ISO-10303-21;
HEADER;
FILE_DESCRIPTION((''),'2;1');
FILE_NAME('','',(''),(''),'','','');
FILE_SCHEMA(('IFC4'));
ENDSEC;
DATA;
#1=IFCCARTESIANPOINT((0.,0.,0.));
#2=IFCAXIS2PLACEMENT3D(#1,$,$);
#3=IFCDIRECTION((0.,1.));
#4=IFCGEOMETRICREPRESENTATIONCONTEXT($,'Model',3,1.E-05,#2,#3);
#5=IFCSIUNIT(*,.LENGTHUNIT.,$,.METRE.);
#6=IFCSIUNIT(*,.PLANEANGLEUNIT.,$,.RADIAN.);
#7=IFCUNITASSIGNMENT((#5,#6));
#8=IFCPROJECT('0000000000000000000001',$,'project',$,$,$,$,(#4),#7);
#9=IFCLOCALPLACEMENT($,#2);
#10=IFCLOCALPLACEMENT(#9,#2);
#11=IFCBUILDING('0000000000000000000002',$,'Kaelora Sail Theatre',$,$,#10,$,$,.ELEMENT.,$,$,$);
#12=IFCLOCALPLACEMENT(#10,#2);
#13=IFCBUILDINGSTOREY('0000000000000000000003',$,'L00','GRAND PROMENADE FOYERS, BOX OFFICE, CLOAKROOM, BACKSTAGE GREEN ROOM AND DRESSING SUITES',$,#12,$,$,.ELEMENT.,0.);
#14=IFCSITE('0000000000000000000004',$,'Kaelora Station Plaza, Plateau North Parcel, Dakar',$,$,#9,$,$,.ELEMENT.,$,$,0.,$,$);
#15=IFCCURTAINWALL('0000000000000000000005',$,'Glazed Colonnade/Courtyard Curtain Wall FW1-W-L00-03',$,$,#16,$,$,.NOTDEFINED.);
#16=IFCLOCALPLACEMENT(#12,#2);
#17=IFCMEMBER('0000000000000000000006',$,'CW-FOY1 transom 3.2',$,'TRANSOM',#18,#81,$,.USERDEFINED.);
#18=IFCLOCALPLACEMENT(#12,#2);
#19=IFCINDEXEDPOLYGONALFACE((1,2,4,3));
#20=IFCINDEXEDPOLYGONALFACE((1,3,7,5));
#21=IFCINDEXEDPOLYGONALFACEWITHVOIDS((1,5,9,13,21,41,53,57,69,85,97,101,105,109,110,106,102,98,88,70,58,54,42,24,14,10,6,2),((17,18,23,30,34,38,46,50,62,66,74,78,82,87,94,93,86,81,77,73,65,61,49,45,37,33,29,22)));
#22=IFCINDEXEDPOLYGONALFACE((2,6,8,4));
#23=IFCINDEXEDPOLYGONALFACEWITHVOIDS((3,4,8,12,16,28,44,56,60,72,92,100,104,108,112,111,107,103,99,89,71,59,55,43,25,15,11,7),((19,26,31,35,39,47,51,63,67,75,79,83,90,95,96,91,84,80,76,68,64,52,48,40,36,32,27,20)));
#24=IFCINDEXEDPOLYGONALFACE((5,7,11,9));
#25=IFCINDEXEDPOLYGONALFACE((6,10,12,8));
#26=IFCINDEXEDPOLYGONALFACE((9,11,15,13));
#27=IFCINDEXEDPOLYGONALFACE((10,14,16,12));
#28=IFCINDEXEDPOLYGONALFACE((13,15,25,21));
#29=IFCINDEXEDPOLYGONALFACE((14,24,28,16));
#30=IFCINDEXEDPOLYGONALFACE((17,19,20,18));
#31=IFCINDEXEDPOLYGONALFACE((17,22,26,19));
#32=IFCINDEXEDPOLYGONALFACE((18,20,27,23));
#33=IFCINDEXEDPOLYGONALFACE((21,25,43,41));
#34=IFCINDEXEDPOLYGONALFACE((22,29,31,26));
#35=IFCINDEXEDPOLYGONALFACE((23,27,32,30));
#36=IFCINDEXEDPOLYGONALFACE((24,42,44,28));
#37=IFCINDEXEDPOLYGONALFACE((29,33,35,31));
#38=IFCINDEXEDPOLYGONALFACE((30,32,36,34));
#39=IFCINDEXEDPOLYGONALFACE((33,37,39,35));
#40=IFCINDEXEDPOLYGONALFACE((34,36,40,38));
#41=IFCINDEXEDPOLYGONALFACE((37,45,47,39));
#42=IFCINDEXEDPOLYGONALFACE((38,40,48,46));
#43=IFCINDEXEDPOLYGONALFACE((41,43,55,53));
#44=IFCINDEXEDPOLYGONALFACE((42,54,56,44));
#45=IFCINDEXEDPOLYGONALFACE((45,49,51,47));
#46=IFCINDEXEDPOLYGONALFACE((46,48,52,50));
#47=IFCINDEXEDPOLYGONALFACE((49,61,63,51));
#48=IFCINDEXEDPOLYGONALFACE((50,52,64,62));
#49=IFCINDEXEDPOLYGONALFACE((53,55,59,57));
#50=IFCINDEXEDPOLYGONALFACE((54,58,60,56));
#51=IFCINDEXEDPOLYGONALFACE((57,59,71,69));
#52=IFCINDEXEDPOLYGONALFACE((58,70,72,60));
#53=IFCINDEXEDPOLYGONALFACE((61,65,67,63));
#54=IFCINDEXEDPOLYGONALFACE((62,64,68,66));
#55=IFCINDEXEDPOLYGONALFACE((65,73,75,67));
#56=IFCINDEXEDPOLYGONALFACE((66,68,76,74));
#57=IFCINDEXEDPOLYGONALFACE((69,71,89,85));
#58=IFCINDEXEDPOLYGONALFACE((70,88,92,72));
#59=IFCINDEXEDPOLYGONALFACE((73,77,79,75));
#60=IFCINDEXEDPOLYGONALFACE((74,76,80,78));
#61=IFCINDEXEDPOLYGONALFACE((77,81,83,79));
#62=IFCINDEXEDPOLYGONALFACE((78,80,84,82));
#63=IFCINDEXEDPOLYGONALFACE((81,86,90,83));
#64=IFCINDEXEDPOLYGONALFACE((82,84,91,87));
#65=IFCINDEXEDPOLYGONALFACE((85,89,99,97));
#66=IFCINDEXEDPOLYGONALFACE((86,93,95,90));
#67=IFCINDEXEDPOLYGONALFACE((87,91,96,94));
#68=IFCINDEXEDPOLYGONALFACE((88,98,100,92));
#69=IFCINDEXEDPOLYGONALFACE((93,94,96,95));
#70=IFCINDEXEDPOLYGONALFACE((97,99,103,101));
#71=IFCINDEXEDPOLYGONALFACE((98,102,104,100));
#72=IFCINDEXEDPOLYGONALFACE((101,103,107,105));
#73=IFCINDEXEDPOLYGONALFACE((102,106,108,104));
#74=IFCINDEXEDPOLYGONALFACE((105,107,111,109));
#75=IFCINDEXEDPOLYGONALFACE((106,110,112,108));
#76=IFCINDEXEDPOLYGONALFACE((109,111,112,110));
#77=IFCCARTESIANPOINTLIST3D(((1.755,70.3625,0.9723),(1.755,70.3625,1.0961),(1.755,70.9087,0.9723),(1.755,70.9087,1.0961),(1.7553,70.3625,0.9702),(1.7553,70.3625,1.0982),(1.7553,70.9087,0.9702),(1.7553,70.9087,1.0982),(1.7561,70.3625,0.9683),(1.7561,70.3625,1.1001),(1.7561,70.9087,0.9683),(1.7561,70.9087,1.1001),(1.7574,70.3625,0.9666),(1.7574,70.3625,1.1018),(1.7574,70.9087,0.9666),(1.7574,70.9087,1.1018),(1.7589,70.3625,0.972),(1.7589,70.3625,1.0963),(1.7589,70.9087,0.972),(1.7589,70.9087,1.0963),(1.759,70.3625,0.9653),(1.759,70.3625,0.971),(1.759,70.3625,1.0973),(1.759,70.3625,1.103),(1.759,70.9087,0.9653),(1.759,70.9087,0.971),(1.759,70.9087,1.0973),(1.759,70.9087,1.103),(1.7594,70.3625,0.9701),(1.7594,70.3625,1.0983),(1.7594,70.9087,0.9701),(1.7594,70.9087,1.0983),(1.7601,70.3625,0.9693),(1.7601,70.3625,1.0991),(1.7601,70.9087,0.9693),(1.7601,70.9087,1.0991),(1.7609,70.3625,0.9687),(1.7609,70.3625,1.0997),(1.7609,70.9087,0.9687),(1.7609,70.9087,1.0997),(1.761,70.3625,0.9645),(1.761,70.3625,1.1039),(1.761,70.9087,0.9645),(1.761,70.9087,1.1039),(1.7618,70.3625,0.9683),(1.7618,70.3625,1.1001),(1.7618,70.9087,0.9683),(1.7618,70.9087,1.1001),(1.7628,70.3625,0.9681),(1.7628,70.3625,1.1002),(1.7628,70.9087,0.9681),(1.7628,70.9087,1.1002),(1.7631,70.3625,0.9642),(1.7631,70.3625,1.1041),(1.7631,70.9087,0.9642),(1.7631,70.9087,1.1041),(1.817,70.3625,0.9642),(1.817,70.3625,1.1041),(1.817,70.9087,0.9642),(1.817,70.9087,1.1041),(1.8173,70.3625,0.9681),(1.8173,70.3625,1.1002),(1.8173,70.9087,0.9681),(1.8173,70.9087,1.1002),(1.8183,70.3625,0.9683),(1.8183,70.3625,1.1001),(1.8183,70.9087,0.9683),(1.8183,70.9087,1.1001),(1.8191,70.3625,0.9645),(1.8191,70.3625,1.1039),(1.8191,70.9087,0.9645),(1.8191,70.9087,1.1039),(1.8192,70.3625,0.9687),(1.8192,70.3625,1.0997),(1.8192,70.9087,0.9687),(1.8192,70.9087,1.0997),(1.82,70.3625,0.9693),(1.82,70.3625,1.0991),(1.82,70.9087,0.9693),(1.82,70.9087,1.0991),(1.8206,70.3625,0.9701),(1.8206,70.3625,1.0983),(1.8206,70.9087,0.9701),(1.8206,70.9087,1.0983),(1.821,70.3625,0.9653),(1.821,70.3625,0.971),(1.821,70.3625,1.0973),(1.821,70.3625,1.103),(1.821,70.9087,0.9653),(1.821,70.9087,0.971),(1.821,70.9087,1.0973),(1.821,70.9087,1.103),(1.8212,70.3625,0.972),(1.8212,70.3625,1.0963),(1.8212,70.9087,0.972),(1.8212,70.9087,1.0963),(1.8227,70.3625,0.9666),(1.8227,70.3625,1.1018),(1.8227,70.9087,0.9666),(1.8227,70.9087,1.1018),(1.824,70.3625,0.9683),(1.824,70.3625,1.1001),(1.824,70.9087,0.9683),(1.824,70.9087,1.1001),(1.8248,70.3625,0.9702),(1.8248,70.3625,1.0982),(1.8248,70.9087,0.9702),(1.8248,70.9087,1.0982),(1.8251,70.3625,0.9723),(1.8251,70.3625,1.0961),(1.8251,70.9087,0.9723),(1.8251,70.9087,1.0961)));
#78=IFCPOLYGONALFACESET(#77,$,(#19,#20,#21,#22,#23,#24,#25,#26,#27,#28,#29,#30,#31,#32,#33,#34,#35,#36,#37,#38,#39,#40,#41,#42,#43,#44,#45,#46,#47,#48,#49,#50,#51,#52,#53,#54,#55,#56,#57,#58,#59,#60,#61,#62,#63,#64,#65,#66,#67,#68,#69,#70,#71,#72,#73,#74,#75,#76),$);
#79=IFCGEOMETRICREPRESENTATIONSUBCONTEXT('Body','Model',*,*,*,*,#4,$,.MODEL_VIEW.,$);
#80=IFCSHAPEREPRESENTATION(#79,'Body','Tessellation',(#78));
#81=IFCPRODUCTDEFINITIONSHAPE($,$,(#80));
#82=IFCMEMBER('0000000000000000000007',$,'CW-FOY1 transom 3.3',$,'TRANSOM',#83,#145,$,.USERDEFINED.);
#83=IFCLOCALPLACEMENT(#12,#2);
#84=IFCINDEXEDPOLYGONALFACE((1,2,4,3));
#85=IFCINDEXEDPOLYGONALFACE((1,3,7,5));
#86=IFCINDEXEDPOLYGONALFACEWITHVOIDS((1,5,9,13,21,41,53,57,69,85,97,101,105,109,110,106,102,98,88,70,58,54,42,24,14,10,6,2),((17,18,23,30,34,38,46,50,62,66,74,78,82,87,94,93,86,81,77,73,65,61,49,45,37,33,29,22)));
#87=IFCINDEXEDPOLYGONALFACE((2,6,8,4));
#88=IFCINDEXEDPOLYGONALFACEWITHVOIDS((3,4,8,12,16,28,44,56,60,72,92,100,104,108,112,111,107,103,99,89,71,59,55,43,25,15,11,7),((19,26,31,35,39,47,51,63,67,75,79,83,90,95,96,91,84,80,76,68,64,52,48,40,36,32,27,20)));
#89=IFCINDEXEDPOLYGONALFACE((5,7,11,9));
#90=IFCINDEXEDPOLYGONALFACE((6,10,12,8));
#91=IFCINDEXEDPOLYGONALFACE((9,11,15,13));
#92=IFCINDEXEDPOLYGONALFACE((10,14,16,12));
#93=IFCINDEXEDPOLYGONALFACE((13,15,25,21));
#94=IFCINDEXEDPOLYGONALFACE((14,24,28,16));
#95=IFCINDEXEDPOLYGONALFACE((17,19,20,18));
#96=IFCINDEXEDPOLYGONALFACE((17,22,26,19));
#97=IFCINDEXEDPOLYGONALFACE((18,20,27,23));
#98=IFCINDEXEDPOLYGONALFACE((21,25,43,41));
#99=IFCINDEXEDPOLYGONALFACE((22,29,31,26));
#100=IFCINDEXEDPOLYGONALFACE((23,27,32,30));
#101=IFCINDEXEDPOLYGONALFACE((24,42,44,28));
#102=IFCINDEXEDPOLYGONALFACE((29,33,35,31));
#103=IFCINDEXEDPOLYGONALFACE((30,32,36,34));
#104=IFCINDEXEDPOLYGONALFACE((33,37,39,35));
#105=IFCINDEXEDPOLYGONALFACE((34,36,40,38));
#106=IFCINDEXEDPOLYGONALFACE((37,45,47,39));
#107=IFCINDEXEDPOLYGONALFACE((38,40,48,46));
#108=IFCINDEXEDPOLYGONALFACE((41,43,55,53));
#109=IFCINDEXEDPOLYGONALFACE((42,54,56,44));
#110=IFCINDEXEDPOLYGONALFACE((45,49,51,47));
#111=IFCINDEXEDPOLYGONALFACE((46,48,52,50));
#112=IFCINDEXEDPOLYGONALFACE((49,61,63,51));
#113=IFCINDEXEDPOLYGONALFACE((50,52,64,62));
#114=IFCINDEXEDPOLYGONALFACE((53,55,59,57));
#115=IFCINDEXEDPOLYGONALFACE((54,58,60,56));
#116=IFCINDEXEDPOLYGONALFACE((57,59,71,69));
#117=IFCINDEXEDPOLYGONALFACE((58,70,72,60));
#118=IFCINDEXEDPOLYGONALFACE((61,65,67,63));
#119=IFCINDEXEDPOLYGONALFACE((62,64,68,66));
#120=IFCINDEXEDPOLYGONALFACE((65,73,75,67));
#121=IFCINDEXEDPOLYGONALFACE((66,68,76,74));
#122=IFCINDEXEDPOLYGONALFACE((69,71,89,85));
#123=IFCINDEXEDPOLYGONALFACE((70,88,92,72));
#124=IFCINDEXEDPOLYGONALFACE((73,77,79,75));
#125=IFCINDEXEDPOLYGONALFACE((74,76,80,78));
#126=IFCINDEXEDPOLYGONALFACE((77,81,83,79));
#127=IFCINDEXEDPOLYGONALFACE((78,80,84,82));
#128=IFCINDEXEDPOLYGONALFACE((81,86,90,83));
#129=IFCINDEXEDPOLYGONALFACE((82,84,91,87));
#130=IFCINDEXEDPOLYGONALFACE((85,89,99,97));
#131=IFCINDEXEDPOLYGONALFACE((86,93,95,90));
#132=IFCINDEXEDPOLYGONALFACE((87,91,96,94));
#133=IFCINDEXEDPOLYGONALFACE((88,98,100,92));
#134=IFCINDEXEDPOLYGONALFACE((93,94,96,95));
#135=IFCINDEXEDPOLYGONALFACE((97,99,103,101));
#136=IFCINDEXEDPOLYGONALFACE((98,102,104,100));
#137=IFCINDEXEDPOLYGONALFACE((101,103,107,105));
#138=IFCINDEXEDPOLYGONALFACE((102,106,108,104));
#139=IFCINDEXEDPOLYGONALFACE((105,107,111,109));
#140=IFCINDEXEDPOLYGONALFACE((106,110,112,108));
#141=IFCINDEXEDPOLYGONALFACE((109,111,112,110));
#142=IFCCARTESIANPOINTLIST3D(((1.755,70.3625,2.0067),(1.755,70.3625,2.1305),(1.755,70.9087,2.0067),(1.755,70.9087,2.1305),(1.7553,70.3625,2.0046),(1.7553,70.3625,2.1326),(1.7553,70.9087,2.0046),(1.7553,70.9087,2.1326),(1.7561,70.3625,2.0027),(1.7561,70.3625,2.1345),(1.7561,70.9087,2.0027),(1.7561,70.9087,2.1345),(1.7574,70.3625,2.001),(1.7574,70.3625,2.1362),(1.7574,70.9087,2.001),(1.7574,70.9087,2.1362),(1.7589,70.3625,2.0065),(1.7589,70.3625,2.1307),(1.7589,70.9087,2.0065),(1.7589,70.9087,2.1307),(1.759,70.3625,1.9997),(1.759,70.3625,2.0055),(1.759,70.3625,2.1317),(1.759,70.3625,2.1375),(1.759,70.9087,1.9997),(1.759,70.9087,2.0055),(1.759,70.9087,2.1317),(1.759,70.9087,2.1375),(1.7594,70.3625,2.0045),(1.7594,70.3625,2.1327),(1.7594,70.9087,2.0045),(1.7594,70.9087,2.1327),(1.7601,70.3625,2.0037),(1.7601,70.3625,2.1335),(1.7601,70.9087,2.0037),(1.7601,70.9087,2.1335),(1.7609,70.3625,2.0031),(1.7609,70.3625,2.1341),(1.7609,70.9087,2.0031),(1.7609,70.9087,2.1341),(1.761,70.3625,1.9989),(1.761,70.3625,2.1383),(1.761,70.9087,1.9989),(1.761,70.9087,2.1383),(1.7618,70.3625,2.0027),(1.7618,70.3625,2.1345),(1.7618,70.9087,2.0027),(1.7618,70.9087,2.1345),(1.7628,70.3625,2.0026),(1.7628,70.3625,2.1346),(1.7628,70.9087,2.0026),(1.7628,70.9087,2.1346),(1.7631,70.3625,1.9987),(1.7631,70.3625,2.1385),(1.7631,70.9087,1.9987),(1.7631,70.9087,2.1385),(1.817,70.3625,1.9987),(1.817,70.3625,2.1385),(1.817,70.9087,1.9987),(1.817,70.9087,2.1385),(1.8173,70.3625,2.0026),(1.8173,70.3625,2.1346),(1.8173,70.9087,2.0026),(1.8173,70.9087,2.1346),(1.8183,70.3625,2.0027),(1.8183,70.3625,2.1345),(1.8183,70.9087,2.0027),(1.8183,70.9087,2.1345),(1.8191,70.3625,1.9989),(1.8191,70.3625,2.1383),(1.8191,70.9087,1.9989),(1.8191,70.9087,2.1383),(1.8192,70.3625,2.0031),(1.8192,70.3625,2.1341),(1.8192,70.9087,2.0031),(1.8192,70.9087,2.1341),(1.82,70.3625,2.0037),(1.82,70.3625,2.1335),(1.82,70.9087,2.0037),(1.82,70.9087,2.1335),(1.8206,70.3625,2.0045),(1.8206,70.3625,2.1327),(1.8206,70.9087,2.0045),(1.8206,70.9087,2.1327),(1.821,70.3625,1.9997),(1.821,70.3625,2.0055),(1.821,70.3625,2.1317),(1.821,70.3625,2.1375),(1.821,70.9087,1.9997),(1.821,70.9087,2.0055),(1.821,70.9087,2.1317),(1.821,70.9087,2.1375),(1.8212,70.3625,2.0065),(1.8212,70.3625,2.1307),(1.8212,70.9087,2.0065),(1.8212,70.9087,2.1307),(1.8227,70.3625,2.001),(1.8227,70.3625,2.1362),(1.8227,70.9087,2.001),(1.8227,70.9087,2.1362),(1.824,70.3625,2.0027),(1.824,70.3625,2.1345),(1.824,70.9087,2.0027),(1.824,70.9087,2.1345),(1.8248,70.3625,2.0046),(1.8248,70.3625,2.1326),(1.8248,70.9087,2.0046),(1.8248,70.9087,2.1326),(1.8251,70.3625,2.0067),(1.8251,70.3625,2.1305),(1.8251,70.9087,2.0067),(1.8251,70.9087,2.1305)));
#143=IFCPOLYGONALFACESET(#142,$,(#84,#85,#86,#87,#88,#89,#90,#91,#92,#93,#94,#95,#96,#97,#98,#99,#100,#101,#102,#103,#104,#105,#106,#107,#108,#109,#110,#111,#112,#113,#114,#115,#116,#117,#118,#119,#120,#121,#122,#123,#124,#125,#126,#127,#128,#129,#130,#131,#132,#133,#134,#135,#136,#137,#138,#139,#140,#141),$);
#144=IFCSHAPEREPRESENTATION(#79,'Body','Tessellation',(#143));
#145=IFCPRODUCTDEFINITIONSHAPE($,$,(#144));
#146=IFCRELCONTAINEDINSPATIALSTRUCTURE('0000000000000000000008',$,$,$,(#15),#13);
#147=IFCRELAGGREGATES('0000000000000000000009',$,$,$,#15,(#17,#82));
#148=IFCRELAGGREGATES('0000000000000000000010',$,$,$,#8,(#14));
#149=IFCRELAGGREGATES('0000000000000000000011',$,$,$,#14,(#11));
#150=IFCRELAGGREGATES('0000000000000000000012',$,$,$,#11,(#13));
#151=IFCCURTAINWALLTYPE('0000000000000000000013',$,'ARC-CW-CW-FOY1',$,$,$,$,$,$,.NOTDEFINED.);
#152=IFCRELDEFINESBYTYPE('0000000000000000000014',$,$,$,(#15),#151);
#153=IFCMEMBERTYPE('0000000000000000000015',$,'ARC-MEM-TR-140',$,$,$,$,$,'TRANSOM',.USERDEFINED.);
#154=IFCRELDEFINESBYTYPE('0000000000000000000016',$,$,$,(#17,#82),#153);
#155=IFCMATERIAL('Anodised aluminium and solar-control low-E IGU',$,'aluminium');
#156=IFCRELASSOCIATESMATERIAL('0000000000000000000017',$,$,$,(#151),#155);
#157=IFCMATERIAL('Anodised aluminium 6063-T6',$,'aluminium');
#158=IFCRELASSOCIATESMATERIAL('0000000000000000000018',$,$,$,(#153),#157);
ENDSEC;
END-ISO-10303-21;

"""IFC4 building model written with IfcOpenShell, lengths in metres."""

from ifc_helpers import new_model, si_unit, direction, frame, origin, origin_2d, place, context, subcontext, project, spatial, hollow_rectangle, extrude, material, material_profile, profile_set, type_object, element, aggregate, save


model = new_model("IFC4")

# Units and contexts
model_context = context("Model", 3, precision=1e-05, world=origin(), true_north=direction((0.0, 1.0)))
body_context = subcontext(model_context, "Body", "Model", "MODEL_VIEW")
ifc_project = project(units=[si_unit("LENGTHUNIT", "METRE"), si_unit("PLANEANGLEUNIT", "RADIAN")], contexts=[model_context])

# Site, building, storey
site_placement = place(None, origin())
site = spatial("IfcSite", under=ifc_project, at=site_placement, Name="Kaelora Station Plaza, Plateau North Parcel, Dakar", CompositionType="ELEMENT", RefElevation=0.0)
building_placement = place(site_placement, origin())
building = spatial("IfcBuilding", under=site, at=building_placement, Name="Kaelora Sail Theatre", CompositionType="ELEMENT")
storey_placement = place(building_placement, origin())
storey = spatial("IfcBuildingStorey", under=building, at=storey_placement, Name="L00", Description="GRAND PROMENADE FOYERS, BOX OFFICE, CLOAKROOM, BACKSTAGE GREEN ROOM AND DRESSING SUITES", CompositionType="ELEMENT", Elevation=0.0)

# Curtain wall, members
ifc_material_1 = material(Name="Anodised aluminium and solar-control low-E IGU", Category="aluminium")
curtain_wall_type = type_object("IfcCurtainWallType", Name="ARC-CW-CW-FOY1", PredefinedType="NOTDEFINED", material=ifc_material_1)
curtain_wall_placement = place(storey_placement, origin())
curtain_wall = element("IfcCurtainWall", 1, at=curtain_wall_placement, inside=storey, type_object=curtain_wall_type, Name="Glazed Colonnade/Courtyard Curtain Wall FW1-W-L00-03", PredefinedType="NOTDEFINED")
ifc_material_2 = material(Name="Anodised aluminium 6063-T6", Category="aluminium")
ifc_material_profile_1 = material_profile(ifc_material_2, hollow_rectangle(XDim=0.0701, YDim=0.1399, WallThickness=0.0039, InnerFilletRadius=0.0039, OuterFilletRadius=0.0081, at=origin_2d()), Name="ALU-TRAN 70x140x4")
ifc_profile_set_1 = profile_set([ifc_material_profile_1], Name="Anodised aluminium 6063-T6")
member_type_1 = type_object("IfcMemberType", Name="ARC-MEM-TR-140", ElementType="TRANSOM", PredefinedType="USERDEFINED", material=ifc_profile_set_1)
member_1_placement = place(storey_placement, frame((1.79, 70.3625, 1.0342), z_axis=(0.0, 1.0, 0.0), x_axis=(-1.0, 0.0, 0.0)))
member_1 = element("IfcMember", 2, at=member_1_placement, type_object=member_type_1, Name="CW-FOY1 transom 3.2", ObjectType="TRANSOM", PredefinedType="USERDEFINED", context=body_context, shape_type="SweptSolid", body=[
    extrude(hollow_rectangle(XDim=0.0701, YDim=0.1399, WallThickness=0.0039, InnerFilletRadius=0.0039, OuterFilletRadius=0.0081, at=origin_2d()), origin(), (0.0, 0.0, 1.0), 0.5461),
])
member_2_placement = place(storey_placement, frame((1.79, 70.3625, 2.0686), z_axis=(0.0, 1.0, 0.0), x_axis=(-1.0, 0.0, 0.0)))
member_2 = element("IfcMember", 3, at=member_2_placement, type_object=member_type_1, Name="CW-FOY1 transom 3.3", ObjectType="TRANSOM", PredefinedType="USERDEFINED", context=body_context, shape_type="SweptSolid", body=[
    extrude(hollow_rectangle(XDim=0.0701, YDim=0.1399, WallThickness=0.0039, InnerFilletRadius=0.0039, OuterFilletRadius=0.0081, at=origin_2d()), origin(), (0.0, 0.0, 1.0), 0.5461),
])

aggregate(curtain_wall, [member_1, member_2])

save(model, "model.ifc")
